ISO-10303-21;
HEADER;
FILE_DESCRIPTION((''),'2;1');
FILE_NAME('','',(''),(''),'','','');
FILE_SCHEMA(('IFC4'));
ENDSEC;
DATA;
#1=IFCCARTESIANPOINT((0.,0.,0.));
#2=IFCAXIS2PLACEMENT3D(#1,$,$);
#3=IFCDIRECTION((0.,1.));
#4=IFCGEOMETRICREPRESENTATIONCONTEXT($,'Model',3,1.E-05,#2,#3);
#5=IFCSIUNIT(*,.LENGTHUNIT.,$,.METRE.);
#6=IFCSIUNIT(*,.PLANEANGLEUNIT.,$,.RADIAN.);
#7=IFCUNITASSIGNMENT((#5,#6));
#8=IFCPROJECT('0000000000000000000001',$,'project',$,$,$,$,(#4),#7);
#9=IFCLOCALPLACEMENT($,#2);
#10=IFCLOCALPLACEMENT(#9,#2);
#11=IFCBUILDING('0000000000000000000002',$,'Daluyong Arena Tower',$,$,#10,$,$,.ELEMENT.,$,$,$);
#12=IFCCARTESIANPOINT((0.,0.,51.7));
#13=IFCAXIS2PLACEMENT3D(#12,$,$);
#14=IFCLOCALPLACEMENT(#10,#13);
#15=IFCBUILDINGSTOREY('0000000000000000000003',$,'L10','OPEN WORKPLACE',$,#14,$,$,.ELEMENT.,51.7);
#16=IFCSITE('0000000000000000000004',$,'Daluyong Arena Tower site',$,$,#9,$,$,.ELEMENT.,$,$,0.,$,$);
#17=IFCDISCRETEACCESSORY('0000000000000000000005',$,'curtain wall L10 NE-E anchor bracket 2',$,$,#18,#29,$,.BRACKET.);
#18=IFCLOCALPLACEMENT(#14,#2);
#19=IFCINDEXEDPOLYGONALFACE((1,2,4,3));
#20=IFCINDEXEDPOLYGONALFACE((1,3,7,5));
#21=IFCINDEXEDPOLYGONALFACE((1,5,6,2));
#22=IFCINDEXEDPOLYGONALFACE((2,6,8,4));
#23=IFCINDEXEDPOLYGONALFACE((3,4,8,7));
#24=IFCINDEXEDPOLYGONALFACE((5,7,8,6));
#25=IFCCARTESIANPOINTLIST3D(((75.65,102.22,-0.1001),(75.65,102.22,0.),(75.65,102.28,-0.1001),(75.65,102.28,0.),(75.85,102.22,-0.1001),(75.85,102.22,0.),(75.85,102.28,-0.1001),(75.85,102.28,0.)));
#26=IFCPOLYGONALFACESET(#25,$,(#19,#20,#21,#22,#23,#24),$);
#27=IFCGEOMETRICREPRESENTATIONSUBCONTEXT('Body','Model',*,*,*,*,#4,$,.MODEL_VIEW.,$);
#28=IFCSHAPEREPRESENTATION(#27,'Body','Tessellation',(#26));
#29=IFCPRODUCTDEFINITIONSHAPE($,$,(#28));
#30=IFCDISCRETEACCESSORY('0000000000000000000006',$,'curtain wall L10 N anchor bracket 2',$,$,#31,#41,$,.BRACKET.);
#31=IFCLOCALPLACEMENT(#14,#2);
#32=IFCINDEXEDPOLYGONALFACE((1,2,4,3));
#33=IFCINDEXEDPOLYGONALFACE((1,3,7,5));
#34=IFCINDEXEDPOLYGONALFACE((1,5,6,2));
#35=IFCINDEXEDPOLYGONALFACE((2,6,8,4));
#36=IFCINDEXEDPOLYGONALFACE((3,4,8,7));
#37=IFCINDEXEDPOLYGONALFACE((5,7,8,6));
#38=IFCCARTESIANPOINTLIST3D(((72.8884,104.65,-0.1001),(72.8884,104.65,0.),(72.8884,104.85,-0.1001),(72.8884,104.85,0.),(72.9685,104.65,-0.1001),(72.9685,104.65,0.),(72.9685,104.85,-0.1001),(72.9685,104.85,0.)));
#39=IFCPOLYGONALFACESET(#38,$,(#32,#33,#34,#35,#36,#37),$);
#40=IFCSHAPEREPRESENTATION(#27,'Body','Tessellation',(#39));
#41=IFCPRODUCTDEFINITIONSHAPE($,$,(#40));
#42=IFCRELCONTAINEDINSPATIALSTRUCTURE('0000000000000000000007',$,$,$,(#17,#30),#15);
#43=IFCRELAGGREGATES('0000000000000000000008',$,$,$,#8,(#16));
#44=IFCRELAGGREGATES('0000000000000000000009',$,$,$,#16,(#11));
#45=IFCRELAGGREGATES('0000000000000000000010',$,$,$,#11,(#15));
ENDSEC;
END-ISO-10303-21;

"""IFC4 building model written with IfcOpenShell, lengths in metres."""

from ifc_helpers import new_model, si_unit, direction, frame, origin, origin_2d, place, context, subcontext, project, spatial, rectangle, extrude, element, save


model = new_model("IFC4")

# Units and contexts
model_context = context("Model", 3, precision=1e-05, world=origin(), true_north=direction((0.0, 1.0)))
body_context = subcontext(model_context, "Body", "Model", "MODEL_VIEW")
ifc_project = project(units=[si_unit("LENGTHUNIT", "METRE"), si_unit("PLANEANGLEUNIT", "RADIAN")], contexts=[model_context])

# Site, building, storey
site_placement = place(None, origin())
site = spatial("IfcSite", under=ifc_project, at=site_placement, Name="Daluyong Arena Tower site", CompositionType="ELEMENT", RefElevation=0.0)
building_placement = place(site_placement, origin())
building = spatial("IfcBuilding", under=site, at=building_placement, Name="Daluyong Arena Tower", CompositionType="ELEMENT")
storey_placement = place(building_placement, frame((0.0, 0.0, 51.7)))
storey = spatial("IfcBuildingStorey", under=building, at=storey_placement, Name="L10", Description="OPEN WORKPLACE", CompositionType="ELEMENT", Elevation=51.7)

# Discrete accessories
for number, where, z_axis, x_axis, name in (
    (1, (75.75, 102.25, -0.1001), (0.0, 0.0, 1.0), (0.0, 1.0, 0.0), "curtain wall L10 NE-E anchor bracket 2"),
):
    element("IfcDiscreteAccessory", number, at=place(storey_placement, frame(where, z_axis=z_axis, x_axis=x_axis)), inside=storey, Name=name, PredefinedType="BRACKET", context=body_context, shape_type="SweptSolid", body=[
        extrude(rectangle(XDim=0.0601, YDim=0.2, at=origin_2d()), origin(), (0.0, 0.0, 1.0), 0.1001),
    ])
discrete_accessory_placement = place(storey_placement, frame((72.9285, 104.75, -0.1001), z_axis=(0.0, 0.0, 1.0), x_axis=(-1.0, 0.0, 0.0)))
element("IfcDiscreteAccessory", 2, at=discrete_accessory_placement, inside=storey, Name="curtain wall L10 N anchor bracket 2", PredefinedType="BRACKET", context=body_context, shape_type="SweptSolid", body=[
    extrude(rectangle(XDim=0.0801, YDim=0.2, at=origin_2d()), origin(), (0.0, 0.0, 1.0), 0.1001),
])

save(model, "model.ifc")
